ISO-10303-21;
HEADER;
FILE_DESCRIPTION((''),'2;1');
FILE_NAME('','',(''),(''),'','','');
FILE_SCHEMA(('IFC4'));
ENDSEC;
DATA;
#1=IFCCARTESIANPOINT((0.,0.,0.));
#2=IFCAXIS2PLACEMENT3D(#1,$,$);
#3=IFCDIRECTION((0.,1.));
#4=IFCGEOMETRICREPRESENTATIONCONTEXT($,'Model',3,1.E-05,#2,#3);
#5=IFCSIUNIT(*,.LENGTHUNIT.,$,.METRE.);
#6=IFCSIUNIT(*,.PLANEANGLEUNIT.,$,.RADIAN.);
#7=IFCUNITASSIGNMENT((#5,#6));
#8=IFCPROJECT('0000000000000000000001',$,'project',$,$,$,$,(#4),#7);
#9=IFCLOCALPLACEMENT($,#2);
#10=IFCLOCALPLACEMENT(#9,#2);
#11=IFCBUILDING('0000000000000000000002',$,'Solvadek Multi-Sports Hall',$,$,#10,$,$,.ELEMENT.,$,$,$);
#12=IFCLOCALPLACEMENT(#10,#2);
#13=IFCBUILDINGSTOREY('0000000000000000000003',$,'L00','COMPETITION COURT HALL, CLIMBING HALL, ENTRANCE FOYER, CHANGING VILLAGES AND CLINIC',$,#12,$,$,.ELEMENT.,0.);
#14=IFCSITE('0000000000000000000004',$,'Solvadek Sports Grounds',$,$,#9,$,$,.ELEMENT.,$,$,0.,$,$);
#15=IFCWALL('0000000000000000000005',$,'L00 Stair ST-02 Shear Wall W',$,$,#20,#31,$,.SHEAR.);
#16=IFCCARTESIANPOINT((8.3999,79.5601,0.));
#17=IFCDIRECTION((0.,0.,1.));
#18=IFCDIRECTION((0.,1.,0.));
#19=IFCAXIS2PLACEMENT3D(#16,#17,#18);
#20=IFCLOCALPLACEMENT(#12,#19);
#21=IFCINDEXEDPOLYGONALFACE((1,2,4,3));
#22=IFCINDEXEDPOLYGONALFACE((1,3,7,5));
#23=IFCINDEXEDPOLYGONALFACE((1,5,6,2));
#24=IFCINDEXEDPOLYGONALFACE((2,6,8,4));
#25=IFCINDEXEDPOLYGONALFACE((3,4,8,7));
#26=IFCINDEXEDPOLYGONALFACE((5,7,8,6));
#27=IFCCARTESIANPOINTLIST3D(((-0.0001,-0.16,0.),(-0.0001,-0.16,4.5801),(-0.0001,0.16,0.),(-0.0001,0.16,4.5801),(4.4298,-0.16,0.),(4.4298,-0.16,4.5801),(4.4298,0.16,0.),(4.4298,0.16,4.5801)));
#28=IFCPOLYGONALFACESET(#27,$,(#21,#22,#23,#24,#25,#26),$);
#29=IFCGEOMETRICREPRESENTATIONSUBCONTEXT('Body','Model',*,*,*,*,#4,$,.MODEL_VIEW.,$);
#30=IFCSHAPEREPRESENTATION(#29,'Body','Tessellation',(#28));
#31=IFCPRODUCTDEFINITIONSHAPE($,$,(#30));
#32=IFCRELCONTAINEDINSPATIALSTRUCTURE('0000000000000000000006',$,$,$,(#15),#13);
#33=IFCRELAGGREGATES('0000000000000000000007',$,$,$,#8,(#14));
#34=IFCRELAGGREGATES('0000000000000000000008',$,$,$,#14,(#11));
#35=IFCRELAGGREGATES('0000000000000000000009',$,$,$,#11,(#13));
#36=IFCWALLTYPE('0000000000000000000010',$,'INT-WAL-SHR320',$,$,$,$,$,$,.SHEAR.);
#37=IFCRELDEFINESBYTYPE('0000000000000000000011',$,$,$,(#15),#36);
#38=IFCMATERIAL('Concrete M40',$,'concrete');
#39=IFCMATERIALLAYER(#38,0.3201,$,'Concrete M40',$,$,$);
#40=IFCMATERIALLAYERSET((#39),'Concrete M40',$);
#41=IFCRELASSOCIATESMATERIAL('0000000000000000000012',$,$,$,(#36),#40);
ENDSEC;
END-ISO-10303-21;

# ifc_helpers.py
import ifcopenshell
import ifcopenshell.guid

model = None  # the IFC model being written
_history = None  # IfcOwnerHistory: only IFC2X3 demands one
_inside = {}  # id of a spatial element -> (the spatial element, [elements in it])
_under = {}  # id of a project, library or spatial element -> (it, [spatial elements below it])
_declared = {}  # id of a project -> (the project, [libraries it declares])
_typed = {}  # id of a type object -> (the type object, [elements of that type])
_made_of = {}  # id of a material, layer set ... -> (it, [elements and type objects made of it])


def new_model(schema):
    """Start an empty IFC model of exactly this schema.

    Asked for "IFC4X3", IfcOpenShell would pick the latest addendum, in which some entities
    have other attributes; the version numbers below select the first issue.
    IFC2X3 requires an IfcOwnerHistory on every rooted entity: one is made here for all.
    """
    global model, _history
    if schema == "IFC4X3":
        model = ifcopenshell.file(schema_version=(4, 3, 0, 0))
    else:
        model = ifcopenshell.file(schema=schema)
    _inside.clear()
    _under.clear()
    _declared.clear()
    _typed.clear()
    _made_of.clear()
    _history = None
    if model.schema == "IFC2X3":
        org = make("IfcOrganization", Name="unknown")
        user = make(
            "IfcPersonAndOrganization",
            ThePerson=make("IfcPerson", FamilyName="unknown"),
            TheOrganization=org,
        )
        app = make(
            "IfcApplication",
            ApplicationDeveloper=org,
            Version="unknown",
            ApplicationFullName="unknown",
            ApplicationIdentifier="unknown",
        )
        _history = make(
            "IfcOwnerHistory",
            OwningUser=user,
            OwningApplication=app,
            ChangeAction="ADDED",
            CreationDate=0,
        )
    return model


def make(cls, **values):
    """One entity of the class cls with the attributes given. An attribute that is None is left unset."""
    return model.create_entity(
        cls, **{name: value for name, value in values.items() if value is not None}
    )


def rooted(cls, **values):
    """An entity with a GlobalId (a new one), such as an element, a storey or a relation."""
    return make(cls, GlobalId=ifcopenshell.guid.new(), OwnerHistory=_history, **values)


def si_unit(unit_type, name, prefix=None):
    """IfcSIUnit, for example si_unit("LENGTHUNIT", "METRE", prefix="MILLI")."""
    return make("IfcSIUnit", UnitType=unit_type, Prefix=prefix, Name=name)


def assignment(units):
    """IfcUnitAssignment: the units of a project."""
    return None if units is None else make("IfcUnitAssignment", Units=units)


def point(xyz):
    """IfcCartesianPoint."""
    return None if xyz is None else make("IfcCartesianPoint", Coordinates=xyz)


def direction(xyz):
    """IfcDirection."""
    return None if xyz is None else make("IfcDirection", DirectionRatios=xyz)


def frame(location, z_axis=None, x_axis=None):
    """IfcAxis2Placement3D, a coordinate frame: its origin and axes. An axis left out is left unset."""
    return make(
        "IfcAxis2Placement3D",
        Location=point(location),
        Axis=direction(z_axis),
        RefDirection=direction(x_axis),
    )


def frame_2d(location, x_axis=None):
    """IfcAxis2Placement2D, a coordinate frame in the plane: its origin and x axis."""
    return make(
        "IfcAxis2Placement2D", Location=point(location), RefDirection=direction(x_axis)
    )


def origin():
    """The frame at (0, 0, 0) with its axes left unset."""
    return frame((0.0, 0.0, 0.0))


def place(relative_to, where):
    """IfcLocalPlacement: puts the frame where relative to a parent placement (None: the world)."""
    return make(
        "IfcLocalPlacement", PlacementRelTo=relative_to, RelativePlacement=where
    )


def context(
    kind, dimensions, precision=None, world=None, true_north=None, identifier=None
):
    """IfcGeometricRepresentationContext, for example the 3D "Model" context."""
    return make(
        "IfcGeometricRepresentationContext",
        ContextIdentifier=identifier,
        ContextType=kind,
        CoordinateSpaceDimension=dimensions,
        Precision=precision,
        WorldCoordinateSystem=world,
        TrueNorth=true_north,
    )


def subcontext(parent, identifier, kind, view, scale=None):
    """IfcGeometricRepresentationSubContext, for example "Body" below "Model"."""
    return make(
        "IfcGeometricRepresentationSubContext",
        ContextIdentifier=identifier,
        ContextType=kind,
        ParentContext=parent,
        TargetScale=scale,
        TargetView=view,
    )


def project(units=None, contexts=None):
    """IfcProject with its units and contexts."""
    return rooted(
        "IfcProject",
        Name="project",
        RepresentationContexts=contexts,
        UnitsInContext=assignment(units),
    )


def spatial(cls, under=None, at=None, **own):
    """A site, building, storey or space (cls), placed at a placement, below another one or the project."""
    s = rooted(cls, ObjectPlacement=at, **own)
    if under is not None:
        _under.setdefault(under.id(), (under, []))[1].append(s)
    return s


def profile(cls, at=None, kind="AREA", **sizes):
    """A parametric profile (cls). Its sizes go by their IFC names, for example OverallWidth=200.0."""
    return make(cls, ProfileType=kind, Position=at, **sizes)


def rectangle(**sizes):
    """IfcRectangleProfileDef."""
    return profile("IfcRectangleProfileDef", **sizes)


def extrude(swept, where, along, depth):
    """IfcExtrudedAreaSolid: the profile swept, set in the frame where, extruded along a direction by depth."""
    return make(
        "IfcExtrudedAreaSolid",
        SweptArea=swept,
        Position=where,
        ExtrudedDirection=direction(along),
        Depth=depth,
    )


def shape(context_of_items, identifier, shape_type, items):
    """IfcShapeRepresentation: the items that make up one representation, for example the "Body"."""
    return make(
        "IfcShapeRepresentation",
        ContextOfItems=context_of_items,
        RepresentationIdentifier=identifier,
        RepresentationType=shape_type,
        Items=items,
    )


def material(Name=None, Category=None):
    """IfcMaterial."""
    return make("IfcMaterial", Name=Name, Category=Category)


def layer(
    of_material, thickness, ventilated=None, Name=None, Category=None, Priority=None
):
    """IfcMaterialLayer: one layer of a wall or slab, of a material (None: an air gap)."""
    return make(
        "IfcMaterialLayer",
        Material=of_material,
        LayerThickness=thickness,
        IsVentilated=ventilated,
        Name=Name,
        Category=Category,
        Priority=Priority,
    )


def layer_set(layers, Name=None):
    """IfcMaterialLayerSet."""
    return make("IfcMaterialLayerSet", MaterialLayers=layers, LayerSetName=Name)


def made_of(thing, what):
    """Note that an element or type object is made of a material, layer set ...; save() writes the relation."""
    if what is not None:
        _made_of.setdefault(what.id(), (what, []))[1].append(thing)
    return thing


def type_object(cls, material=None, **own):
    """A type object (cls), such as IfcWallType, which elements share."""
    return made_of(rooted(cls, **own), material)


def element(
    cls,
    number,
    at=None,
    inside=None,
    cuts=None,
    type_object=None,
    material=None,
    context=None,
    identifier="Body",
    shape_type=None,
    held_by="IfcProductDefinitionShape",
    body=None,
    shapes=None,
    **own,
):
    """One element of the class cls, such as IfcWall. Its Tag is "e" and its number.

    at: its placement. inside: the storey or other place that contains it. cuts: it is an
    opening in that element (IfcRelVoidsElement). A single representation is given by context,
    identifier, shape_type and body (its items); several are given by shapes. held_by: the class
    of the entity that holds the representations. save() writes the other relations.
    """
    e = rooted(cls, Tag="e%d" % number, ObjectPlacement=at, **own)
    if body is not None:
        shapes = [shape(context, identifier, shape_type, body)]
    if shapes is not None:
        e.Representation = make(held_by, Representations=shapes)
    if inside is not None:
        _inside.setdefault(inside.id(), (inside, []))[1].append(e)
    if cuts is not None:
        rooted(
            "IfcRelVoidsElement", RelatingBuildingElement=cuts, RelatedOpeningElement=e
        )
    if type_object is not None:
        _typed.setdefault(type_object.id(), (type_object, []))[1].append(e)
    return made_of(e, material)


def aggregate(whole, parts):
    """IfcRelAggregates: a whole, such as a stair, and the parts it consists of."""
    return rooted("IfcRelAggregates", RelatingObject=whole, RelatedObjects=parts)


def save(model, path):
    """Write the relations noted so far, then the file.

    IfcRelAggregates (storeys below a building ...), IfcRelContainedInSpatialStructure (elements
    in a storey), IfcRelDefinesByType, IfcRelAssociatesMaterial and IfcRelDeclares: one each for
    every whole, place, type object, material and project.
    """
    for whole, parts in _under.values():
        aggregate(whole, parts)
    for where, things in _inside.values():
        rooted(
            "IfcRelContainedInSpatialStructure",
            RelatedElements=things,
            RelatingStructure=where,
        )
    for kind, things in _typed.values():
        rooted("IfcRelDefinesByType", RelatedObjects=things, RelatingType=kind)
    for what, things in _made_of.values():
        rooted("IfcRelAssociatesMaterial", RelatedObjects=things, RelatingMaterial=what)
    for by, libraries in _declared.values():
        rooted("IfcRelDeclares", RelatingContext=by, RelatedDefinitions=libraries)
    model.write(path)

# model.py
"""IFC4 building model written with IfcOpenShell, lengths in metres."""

from ifc_helpers import new_model, si_unit, direction, frame, frame_2d, origin, place, context, subcontext, project, spatial, rectangle, extrude, material, layer, layer_set, type_object, element, save


model = new_model("IFC4")

# Units and contexts
model_context = context("Model", 3, precision=1e-05, world=origin(), true_north=direction((0.0, 1.0)))
body_context = subcontext(model_context, "Body", "Model", "MODEL_VIEW")
ifc_project = project(units=[si_unit("LENGTHUNIT", "METRE"), si_unit("PLANEANGLEUNIT", "RADIAN")], contexts=[model_context])

# Site, building, storey
site_placement = place(None, origin())
site = spatial("IfcSite", under=ifc_project, at=site_placement, Name="Solvadek Sports Grounds", CompositionType="ELEMENT", RefElevation=0.0)
building_placement = place(site_placement, origin())
building = spatial("IfcBuilding", under=site, at=building_placement, Name="Solvadek Multi-Sports Hall", CompositionType="ELEMENT")
storey_placement = place(building_placement, origin())
storey = spatial("IfcBuildingStorey", under=building, at=storey_placement, Name="L00", Description="COMPETITION COURT HALL, CLIMBING HALL, ENTRANCE FOYER, CHANGING VILLAGES AND CLINIC", CompositionType="ELEMENT", Elevation=0.0)

# Wall
ifc_material_1 = material(Name="Concrete M40", Category="concrete")
ifc_layer_1 = layer(ifc_material_1, 0.3201, Name="Concrete M40")
ifc_layer_set_1 = layer_set([ifc_layer_1], Name="Concrete M40")
wall_type_1 = type_object("IfcWallType", Name="INT-WAL-SHR320", PredefinedType="SHEAR", material=ifc_layer_set_1)
wall_1_placement = place(storey_placement, frame((8.3999, 79.5601, 0.0), z_axis=(0.0, 0.0, 1.0), x_axis=(0.0, 1.0, 0.0)))
element("IfcWall", 1, at=wall_1_placement, inside=storey, type_object=wall_type_1, Name="L00 Stair ST-02 Shear Wall W", PredefinedType="SHEAR", context=body_context, shape_type="SweptSolid", body=[
    extrude(rectangle(XDim=4.4299, YDim=0.3201, at=frame_2d((2.2148, 0.0))), origin(), (0.0, 0.0, 1.0), 4.5801),
])

save(model, "model.ifc")
